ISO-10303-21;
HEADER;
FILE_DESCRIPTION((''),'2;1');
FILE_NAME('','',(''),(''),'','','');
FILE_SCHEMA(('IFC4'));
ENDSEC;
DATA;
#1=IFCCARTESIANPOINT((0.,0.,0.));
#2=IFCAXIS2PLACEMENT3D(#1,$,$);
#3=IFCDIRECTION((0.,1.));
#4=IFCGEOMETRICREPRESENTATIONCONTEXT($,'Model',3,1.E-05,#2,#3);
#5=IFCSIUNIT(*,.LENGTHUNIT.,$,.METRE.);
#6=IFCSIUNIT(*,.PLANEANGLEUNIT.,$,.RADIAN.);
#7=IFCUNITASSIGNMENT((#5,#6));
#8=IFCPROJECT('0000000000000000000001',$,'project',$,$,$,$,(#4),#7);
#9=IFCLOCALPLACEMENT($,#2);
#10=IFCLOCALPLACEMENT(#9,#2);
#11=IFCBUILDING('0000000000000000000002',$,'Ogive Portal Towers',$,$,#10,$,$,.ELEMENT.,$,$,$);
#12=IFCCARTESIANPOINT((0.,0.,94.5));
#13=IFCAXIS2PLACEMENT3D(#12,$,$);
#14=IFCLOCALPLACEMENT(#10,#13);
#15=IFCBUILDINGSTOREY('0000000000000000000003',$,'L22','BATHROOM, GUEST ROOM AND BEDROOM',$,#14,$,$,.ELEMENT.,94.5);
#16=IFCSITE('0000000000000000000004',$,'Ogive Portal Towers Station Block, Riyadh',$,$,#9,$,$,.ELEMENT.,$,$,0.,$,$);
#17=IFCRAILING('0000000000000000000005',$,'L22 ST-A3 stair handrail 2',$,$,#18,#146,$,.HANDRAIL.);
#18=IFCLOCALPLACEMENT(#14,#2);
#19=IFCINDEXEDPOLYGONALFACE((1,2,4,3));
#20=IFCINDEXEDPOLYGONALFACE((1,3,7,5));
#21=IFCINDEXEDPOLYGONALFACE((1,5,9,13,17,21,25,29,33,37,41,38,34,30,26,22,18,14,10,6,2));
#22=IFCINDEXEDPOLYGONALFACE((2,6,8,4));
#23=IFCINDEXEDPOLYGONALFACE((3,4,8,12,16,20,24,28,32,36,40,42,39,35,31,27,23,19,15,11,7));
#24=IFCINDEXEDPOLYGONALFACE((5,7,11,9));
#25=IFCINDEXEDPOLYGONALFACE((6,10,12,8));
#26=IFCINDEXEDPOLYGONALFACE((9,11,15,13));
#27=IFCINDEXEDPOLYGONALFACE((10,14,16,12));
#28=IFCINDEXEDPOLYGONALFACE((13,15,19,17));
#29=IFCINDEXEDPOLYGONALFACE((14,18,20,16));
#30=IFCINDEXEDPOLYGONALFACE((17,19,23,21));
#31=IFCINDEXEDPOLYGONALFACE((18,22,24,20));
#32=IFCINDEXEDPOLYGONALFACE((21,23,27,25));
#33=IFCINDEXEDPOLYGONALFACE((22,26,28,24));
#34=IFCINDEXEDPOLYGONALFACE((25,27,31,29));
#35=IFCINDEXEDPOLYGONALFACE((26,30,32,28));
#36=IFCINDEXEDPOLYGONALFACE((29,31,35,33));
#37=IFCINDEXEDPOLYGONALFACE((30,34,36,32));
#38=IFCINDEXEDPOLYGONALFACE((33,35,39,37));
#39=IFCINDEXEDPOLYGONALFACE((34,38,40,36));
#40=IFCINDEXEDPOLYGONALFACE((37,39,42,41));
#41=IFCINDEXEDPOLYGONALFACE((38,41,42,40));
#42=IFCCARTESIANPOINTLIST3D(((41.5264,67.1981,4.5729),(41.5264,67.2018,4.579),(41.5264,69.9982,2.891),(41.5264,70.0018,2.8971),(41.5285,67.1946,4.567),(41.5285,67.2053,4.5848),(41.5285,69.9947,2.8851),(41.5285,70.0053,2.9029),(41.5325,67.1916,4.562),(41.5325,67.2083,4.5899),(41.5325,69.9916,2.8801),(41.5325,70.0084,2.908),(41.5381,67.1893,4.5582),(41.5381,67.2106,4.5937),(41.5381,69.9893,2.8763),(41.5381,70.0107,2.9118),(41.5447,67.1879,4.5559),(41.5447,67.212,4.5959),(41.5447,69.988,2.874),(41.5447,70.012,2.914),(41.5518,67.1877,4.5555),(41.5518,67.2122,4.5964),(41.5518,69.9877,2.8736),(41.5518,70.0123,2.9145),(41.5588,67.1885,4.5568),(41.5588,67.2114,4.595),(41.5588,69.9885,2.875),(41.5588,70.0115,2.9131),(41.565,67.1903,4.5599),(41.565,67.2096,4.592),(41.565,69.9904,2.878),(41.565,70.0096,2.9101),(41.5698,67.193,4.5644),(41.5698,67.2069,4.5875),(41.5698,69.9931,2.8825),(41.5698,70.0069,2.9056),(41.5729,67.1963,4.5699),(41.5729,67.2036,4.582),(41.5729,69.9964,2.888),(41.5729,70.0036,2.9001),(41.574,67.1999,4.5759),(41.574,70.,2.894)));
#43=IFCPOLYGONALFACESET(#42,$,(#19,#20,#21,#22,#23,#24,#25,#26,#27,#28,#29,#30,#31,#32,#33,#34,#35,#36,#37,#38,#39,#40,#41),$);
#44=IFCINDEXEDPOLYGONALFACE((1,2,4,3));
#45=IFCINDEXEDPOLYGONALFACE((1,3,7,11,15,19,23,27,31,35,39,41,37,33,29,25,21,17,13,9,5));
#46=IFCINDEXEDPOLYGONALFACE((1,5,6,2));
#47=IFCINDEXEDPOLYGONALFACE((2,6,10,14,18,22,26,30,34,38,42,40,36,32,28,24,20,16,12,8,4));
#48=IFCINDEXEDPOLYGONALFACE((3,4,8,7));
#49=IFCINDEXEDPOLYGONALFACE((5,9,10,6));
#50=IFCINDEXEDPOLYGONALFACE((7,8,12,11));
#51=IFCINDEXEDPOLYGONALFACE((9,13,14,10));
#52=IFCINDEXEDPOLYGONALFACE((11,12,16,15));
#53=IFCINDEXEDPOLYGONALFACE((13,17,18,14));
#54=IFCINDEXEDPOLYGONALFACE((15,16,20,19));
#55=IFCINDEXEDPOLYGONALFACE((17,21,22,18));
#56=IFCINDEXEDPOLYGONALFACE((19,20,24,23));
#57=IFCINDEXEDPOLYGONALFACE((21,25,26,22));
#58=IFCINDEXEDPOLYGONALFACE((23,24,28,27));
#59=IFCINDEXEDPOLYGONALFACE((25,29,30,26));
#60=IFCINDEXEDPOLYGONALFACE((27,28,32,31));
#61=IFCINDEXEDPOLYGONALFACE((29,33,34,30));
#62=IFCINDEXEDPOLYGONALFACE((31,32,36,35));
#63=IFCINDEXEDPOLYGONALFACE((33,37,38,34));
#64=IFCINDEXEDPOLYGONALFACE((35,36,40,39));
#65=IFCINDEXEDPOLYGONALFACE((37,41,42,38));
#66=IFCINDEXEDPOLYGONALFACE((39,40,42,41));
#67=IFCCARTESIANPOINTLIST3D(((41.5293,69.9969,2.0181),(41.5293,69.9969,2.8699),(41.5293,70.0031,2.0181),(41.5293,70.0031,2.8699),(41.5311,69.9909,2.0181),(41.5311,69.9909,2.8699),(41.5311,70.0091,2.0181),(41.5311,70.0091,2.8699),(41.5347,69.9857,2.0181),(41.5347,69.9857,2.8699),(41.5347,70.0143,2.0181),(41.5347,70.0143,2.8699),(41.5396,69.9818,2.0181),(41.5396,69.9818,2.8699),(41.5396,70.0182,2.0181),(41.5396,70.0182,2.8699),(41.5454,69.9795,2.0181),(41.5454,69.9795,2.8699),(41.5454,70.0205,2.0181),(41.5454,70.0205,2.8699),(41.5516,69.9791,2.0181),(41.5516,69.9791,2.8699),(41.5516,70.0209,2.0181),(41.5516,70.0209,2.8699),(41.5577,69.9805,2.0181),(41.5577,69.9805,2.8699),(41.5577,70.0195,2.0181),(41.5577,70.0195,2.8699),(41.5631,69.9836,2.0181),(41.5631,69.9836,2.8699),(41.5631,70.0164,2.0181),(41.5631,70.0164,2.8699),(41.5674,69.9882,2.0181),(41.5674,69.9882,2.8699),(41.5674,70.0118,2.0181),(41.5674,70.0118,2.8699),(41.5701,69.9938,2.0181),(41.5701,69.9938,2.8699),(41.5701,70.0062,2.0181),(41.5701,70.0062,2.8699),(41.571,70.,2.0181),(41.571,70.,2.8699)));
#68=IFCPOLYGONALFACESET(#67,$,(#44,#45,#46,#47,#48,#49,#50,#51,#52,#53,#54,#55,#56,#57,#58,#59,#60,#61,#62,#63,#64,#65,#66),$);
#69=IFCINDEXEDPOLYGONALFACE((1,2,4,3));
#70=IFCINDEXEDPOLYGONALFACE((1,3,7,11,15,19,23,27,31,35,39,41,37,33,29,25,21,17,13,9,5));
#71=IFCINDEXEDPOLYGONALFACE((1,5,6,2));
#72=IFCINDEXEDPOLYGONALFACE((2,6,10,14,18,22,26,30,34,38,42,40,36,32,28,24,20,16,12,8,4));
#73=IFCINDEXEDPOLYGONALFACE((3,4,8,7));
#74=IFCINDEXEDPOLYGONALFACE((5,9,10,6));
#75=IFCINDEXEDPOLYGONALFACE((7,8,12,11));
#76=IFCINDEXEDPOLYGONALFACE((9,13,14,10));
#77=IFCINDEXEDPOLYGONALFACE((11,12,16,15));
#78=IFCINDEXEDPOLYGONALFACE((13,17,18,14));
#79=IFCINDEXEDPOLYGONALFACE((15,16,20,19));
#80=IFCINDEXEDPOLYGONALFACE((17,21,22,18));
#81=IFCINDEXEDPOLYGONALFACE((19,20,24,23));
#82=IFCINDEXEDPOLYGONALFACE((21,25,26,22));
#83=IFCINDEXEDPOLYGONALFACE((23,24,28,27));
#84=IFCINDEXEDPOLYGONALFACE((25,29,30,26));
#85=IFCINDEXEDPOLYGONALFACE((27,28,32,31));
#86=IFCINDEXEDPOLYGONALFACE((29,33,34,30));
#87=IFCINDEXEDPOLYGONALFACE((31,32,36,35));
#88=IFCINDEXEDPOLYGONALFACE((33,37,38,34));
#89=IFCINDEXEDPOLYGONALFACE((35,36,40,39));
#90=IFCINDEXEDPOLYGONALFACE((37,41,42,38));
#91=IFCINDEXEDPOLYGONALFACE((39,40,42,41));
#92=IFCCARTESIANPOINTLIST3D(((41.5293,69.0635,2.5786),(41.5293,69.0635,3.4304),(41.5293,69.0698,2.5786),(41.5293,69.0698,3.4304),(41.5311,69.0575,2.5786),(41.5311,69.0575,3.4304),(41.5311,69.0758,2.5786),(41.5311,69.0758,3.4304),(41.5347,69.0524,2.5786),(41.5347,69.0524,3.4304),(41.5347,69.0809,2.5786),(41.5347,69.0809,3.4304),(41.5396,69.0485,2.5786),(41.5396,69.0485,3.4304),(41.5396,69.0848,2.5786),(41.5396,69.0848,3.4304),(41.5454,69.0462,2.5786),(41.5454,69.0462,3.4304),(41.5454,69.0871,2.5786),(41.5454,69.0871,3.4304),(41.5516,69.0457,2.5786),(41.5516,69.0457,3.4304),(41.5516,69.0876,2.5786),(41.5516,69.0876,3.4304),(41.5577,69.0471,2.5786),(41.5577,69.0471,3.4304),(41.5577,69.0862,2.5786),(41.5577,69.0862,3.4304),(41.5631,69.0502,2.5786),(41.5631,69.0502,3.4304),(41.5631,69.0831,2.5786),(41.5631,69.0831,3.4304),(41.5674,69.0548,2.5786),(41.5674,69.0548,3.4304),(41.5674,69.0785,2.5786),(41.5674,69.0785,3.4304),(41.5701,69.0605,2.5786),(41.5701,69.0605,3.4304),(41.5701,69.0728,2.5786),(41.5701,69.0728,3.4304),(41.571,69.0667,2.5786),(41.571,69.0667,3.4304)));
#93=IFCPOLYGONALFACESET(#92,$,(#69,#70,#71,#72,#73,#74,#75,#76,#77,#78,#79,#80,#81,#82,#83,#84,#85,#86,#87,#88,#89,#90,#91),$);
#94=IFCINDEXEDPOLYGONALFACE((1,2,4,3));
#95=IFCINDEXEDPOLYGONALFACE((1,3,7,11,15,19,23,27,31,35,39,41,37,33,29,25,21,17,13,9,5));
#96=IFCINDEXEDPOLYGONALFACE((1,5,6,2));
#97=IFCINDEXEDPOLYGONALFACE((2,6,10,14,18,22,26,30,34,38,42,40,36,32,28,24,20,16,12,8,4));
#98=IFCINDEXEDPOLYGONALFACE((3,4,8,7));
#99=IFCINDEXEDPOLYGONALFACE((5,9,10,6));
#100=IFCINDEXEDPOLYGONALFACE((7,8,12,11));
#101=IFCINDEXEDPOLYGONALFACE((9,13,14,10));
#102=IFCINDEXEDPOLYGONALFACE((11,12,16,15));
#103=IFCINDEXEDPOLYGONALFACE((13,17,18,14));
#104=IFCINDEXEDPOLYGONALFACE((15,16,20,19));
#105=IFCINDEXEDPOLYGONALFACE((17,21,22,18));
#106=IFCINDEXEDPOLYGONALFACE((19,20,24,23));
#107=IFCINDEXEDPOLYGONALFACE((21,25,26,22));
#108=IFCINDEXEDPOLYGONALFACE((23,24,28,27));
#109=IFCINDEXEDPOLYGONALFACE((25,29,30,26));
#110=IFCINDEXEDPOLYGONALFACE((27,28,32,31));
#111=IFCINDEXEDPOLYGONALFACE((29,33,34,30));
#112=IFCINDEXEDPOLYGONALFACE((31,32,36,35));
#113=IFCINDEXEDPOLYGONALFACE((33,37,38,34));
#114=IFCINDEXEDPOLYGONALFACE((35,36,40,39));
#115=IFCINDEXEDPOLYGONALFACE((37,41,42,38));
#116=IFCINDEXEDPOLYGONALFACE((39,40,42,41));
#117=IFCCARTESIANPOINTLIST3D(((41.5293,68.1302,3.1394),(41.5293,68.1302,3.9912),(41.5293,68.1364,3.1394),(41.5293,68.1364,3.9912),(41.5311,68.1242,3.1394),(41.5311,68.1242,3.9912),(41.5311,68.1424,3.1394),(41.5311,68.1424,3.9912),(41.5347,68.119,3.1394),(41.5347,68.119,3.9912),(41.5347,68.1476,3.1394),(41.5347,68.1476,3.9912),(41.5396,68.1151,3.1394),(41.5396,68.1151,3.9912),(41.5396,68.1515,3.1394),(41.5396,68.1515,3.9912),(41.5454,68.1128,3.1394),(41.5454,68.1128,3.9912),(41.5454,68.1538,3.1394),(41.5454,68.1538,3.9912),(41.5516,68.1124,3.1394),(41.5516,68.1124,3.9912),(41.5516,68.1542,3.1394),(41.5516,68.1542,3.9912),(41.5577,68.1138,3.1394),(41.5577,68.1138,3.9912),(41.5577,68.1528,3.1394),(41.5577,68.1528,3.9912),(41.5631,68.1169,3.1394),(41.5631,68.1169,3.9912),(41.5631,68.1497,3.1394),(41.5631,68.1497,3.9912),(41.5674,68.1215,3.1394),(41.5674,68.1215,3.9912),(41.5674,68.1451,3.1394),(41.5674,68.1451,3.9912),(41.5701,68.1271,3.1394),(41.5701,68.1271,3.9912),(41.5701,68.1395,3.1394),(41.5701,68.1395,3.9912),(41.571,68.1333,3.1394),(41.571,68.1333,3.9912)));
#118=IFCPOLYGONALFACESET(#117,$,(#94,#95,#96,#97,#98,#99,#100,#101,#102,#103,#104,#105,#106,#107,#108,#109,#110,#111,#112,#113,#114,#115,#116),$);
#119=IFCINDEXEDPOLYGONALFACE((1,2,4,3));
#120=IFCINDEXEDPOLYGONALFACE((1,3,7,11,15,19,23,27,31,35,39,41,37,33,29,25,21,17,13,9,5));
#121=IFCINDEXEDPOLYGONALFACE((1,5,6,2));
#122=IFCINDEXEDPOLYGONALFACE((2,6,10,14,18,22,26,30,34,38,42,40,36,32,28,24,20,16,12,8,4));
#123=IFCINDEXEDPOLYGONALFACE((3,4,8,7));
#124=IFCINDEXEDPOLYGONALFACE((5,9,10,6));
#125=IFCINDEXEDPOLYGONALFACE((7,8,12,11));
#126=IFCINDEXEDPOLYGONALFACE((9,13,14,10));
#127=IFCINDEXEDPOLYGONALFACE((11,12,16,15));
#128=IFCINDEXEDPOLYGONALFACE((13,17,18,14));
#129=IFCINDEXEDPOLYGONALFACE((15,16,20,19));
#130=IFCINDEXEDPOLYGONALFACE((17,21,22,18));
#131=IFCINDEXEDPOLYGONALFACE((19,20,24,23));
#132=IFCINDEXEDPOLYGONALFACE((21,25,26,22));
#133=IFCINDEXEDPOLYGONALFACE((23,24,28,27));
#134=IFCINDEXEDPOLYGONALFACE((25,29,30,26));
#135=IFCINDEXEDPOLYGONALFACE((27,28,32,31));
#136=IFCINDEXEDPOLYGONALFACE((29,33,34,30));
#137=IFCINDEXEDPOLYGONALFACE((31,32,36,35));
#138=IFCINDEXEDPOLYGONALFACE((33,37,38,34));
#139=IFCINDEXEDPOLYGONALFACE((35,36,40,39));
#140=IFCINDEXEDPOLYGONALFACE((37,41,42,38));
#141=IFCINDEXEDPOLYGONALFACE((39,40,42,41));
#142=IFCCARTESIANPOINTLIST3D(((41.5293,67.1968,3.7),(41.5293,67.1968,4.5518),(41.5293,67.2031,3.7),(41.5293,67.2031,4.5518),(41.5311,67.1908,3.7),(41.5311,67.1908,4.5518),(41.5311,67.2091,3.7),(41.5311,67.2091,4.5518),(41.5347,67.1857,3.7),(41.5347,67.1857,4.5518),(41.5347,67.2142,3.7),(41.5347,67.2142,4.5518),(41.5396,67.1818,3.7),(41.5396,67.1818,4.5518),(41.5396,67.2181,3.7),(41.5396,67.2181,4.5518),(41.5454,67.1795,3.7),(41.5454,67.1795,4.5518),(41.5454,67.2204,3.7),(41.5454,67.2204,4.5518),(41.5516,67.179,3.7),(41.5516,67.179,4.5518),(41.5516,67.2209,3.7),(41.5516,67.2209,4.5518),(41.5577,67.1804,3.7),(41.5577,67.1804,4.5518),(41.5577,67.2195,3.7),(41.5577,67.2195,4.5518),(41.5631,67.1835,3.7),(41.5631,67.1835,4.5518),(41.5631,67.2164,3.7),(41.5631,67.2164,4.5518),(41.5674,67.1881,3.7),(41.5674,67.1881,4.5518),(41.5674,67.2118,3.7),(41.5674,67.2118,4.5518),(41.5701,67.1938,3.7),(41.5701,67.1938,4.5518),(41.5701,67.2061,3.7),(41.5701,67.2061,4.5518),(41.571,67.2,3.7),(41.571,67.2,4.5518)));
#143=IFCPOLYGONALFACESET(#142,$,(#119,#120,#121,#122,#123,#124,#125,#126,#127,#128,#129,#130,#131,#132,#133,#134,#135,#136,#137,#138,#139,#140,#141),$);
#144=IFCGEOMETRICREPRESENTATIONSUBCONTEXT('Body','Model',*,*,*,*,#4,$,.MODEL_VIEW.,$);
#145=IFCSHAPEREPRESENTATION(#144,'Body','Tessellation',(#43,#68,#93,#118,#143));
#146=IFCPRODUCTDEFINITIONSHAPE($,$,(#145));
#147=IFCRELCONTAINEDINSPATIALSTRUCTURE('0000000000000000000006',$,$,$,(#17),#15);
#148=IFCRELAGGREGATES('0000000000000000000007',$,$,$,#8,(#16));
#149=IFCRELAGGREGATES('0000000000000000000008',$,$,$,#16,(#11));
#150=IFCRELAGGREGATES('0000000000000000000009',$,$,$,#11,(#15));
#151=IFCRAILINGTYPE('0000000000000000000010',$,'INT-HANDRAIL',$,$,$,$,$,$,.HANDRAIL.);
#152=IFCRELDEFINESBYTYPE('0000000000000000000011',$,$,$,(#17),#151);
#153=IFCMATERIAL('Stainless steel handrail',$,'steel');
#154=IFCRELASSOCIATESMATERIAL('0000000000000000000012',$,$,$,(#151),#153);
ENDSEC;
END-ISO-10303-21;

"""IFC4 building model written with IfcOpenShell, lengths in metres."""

from ifc_helpers import new_model, si_unit, direction, frame, origin, origin_2d, place, context, subcontext, project, spatial, circle, extrude, material, type_object, element, save


model = new_model("IFC4")

# Units and contexts
model_context = context("Model", 3, precision=1e-05, world=origin(), true_north=direction((0.0, 1.0)))
body_context = subcontext(model_context, "Body", "Model", "MODEL_VIEW")
ifc_project = project(units=[si_unit("LENGTHUNIT", "METRE"), si_unit("PLANEANGLEUNIT", "RADIAN")], contexts=[model_context])

# Site, building, storey
site_placement = place(None, origin())
site = spatial("IfcSite", under=ifc_project, at=site_placement, Name="Ogive Portal Towers Station Block, Riyadh", CompositionType="ELEMENT", RefElevation=0.0)
building_placement = place(site_placement, origin())
building = spatial("IfcBuilding", under=site, at=building_placement, Name="Ogive Portal Towers", CompositionType="ELEMENT")
storey_placement = place(building_placement, frame((0.0, 0.0, 94.5)))
storey = spatial("IfcBuildingStorey", under=building, at=storey_placement, Name="L22", Description="BATHROOM, GUEST ROOM AND BEDROOM", CompositionType="ELEMENT", Elevation=94.5)

# Railing
ifc_material_1 = material(Name="Stainless steel handrail", Category="steel")
railing_type_1 = type_object("IfcRailingType", Name="INT-HANDRAIL", PredefinedType="HANDRAIL", material=ifc_material_1)
railing_1_placement = place(storey_placement, frame((41.55, 70.0, 2.0181)))
element("IfcRailing", 1, at=railing_1_placement, inside=storey, type_object=railing_type_1, Name="L22 ST-A3 stair handrail 2", PredefinedType="HANDRAIL", context=body_context, shape_type="SweptSolid", body=[
    extrude(circle(Radius=0.0239, at=origin_2d()), frame((0.0, 0.0, 0.876), z_axis=(0.0, -0.857242, 0.514913), x_axis=(1.0, 0.0, 0.0)), (0.0, 0.0, 1.0), 3.2664),
    extrude(circle(Radius=0.021, at=origin_2d()), origin(), (0.0, 0.0, 1.0), 0.8518),
    extrude(circle(Radius=0.021, at=origin_2d()), frame((0.0, -0.9333, 0.5605)), (0.0, 0.0, 1.0), 0.8518),
    extrude(circle(Radius=0.021, at=origin_2d()), frame((0.0, -1.8667, 1.1213)), (0.0, 0.0, 1.0), 0.8518),
    extrude(circle(Radius=0.021, at=origin_2d()), frame((0.0, -2.8, 1.6819)), (0.0, 0.0, 1.0), 0.8518),
])

save(model, "model.ifc")
